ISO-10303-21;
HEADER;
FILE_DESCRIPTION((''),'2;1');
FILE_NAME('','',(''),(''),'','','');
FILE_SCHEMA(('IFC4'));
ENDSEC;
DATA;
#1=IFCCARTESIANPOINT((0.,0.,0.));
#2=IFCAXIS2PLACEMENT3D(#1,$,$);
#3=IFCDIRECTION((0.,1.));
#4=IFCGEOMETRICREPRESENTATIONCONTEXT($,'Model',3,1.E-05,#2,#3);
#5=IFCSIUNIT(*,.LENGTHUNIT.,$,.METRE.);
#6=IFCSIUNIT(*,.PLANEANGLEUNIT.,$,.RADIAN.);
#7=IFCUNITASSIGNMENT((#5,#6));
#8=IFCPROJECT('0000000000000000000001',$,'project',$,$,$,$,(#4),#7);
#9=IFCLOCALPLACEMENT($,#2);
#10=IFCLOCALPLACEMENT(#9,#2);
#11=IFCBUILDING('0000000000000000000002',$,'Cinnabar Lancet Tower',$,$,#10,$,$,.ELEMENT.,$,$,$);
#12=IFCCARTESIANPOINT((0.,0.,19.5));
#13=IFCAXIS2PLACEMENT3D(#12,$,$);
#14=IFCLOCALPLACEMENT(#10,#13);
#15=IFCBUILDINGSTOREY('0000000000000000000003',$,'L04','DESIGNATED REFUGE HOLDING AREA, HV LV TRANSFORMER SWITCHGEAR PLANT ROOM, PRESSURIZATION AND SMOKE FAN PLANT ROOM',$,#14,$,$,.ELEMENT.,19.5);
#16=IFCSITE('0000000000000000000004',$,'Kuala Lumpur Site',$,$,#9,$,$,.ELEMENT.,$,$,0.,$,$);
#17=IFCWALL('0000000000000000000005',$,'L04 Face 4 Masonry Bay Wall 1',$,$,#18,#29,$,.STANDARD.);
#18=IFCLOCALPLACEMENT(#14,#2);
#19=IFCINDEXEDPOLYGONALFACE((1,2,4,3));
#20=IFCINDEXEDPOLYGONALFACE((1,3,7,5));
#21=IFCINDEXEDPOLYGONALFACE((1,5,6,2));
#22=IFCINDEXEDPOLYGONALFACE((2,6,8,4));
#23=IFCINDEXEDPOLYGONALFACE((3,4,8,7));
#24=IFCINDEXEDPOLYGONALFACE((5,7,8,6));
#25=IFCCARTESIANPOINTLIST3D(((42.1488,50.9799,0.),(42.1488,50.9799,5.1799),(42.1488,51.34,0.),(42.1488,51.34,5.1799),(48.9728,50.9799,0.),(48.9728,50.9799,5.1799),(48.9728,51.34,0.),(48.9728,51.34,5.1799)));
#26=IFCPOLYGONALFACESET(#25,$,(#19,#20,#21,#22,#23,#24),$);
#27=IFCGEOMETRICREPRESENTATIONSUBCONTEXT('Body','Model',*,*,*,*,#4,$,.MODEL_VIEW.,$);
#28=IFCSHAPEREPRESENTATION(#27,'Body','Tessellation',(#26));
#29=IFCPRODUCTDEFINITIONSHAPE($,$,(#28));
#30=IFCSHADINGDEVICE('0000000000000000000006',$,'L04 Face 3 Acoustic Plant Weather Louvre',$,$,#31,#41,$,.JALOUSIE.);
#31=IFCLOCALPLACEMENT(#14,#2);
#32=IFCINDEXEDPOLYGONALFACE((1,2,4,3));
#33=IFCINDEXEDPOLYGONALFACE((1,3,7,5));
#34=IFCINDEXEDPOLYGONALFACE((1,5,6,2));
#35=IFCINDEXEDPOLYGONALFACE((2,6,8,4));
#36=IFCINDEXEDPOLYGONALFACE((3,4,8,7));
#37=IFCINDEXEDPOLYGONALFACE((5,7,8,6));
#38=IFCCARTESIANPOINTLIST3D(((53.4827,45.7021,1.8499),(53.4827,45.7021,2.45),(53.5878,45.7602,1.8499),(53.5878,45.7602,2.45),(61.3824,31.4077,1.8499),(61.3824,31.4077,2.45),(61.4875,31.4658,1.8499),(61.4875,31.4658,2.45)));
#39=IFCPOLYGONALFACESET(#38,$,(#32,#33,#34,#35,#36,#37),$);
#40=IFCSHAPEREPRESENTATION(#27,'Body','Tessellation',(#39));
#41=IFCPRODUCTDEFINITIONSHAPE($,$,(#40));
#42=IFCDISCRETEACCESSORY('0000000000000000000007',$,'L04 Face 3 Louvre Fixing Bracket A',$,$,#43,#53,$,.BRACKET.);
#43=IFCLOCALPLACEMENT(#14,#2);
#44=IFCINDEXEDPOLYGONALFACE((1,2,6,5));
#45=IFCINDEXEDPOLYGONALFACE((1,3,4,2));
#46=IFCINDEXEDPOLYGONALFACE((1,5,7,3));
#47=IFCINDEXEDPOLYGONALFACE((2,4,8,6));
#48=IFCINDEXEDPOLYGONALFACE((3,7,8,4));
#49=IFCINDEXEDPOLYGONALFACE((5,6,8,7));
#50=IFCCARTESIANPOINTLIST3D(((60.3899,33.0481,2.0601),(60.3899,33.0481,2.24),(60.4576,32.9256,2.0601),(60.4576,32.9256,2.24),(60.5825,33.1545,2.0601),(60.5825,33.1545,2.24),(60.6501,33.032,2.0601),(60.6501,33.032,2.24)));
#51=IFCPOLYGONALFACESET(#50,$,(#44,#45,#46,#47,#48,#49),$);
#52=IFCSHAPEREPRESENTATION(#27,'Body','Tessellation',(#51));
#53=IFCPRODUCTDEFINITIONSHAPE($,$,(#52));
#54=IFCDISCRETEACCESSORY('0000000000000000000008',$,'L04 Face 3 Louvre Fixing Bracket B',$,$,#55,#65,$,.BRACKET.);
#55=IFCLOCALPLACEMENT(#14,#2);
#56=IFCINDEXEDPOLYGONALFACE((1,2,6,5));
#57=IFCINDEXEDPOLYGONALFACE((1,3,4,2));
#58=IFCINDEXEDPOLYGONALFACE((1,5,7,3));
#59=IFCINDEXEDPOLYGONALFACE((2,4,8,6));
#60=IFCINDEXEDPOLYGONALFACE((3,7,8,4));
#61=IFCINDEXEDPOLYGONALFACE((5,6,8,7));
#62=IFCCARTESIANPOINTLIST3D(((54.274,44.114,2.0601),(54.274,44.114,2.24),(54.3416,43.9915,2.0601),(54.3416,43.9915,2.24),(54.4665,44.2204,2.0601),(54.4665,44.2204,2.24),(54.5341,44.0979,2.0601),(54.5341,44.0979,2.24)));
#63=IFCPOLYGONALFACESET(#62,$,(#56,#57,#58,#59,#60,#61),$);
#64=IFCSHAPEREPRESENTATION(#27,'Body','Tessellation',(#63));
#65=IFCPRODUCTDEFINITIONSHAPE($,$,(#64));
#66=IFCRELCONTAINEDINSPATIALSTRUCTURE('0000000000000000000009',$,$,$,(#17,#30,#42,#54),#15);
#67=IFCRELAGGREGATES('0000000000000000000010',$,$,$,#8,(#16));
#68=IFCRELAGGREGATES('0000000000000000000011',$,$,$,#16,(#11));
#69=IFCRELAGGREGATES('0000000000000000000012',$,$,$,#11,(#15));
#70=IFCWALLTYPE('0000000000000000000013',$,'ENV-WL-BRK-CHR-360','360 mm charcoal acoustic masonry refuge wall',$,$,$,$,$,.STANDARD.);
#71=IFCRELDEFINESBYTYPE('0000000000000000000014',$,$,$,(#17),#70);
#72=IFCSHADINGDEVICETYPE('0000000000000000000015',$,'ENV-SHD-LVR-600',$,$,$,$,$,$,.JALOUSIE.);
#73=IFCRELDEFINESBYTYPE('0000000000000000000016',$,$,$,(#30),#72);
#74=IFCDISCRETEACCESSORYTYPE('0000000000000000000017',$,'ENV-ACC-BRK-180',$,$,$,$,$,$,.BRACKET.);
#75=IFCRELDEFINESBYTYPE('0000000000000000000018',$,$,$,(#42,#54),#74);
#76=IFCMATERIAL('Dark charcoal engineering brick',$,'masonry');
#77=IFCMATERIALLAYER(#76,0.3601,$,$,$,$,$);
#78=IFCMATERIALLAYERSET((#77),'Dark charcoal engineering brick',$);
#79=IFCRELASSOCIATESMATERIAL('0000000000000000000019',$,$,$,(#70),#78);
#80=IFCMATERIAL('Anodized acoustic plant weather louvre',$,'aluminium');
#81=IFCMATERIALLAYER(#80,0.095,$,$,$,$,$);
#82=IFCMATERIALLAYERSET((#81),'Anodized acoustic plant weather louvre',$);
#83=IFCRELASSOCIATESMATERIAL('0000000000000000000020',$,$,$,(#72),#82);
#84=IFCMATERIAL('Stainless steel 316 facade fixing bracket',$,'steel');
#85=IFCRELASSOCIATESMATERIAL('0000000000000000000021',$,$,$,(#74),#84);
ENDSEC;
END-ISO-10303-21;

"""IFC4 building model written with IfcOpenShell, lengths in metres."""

from ifc_helpers import new_model, si_unit, direction, frame, frame_2d, origin, origin_2d, place, context, subcontext, project, spatial, rectangle, extrude, material, layer, layer_set, type_object, element, save


model = new_model("IFC4")

# Units and contexts
model_context = context("Model", 3, precision=1e-05, world=origin(), true_north=direction((0.0, 1.0)))
body_context = subcontext(model_context, "Body", "Model", "MODEL_VIEW")
ifc_project = project(units=[si_unit("LENGTHUNIT", "METRE"), si_unit("PLANEANGLEUNIT", "RADIAN")], contexts=[model_context])

# Site, building, storey
site_placement = place(None, origin())
site = spatial("IfcSite", under=ifc_project, at=site_placement, Name="Kuala Lumpur Site", CompositionType="ELEMENT", RefElevation=0.0)
building_placement = place(site_placement, origin())
building = spatial("IfcBuilding", under=site, at=building_placement, Name="Cinnabar Lancet Tower", CompositionType="ELEMENT")
storey_placement = place(building_placement, frame((0.0, 0.0, 19.5)))
storey = spatial("IfcBuildingStorey", under=building, at=storey_placement, Name="L04", Description="DESIGNATED REFUGE HOLDING AREA, HV LV TRANSFORMER SWITCHGEAR PLANT ROOM, PRESSURIZATION AND SMOKE FAN PLANT ROOM", CompositionType="ELEMENT", Elevation=19.5)

# Wall
ifc_material_1 = material(Name="Dark charcoal engineering brick", Category="masonry")
ifc_layer_1 = layer(ifc_material_1, 0.3601)
ifc_layer_set_1 = layer_set([ifc_layer_1], Name="Dark charcoal engineering brick")
wall_type_1 = type_object("IfcWallType", Name="ENV-WL-BRK-CHR-360", Description="360 mm charcoal acoustic masonry refuge wall", PredefinedType="STANDARD", material=ifc_layer_set_1)
wall_1_placement = place(storey_placement, frame((48.9729, 51.1599, 0.0), z_axis=(0.0, 0.0, 1.0), x_axis=(-1.0, 0.0, 0.0)))
element("IfcWall", 1, at=wall_1_placement, inside=storey, type_object=wall_type_1, Name="L04 Face 4 Masonry Bay Wall 1", PredefinedType="STANDARD", context=body_context, shape_type="SweptSolid", body=[
    extrude(rectangle(XDim=6.824, YDim=0.3601, at=frame_2d((3.4121, 0.0))), origin(), (0.0, 0.0, 1.0), 5.1799),
])

# Shading device
ifc_material_2 = material(Name="Anodized acoustic plant weather louvre", Category="aluminium")
ifc_layer_2 = layer(ifc_material_2, 0.095)
ifc_layer_set_2 = layer_set([ifc_layer_2], Name="Anodized acoustic plant weather louvre")
shading_device_type = type_object("IfcShadingDeviceType", Name="ENV-SHD-LVR-600", PredefinedType="JALOUSIE", material=ifc_layer_set_2)
shading_device_placement = place(storey_placement, frame((57.4851, 38.584, 1.8499), z_axis=(0.0, 0.0, 1.0), x_axis=(-0.483695, 0.875237, 0.0)))
element("IfcShadingDevice", 2, at=shading_device_placement, inside=storey, type_object=shading_device_type, Name="L04 Face 3 Acoustic Plant Weather Louvre", PredefinedType="JALOUSIE", context=body_context, shape_type="SweptSolid", body=[
    extrude(rectangle(XDim=16.332, YDim=0.1201, at=origin_2d()), origin(), (0.0, 0.0, 1.0), 0.6001),
])

# Discrete accessories
ifc_material_3 = material(Name="Stainless steel 316 facade fixing bracket", Category="steel")
discrete_accessory_type = type_object("IfcDiscreteAccessoryType", Name="ENV-ACC-BRK-180", PredefinedType="BRACKET", material=ifc_material_3)
for number, where, z_axis, x_axis, name in (
    (3, (60.52, 33.04, 2.0601), (0.0, 0.0, 1.0), (-0.483695, 0.875237, 0.0), "L04 Face 3 Louvre Fixing Bracket A"),
    (4, (54.4041, 44.106, 2.0601), (0.0, 0.0, 1.0), (-0.483695, 0.875237, 0.0), "L04 Face 3 Louvre Fixing Bracket B"),
):
    element("IfcDiscreteAccessory", number, at=place(storey_placement, frame(where, z_axis=z_axis, x_axis=x_axis)), inside=storey, type_object=discrete_accessory_type, Name=name, PredefinedType="BRACKET", context=body_context, shape_type="SweptSolid", body=[
        extrude(rectangle(XDim=0.1399, YDim=0.22, at=origin_2d()), origin(), (0.0, 0.0, 1.0), 0.1799),
    ])

save(model, "model.ifc")
